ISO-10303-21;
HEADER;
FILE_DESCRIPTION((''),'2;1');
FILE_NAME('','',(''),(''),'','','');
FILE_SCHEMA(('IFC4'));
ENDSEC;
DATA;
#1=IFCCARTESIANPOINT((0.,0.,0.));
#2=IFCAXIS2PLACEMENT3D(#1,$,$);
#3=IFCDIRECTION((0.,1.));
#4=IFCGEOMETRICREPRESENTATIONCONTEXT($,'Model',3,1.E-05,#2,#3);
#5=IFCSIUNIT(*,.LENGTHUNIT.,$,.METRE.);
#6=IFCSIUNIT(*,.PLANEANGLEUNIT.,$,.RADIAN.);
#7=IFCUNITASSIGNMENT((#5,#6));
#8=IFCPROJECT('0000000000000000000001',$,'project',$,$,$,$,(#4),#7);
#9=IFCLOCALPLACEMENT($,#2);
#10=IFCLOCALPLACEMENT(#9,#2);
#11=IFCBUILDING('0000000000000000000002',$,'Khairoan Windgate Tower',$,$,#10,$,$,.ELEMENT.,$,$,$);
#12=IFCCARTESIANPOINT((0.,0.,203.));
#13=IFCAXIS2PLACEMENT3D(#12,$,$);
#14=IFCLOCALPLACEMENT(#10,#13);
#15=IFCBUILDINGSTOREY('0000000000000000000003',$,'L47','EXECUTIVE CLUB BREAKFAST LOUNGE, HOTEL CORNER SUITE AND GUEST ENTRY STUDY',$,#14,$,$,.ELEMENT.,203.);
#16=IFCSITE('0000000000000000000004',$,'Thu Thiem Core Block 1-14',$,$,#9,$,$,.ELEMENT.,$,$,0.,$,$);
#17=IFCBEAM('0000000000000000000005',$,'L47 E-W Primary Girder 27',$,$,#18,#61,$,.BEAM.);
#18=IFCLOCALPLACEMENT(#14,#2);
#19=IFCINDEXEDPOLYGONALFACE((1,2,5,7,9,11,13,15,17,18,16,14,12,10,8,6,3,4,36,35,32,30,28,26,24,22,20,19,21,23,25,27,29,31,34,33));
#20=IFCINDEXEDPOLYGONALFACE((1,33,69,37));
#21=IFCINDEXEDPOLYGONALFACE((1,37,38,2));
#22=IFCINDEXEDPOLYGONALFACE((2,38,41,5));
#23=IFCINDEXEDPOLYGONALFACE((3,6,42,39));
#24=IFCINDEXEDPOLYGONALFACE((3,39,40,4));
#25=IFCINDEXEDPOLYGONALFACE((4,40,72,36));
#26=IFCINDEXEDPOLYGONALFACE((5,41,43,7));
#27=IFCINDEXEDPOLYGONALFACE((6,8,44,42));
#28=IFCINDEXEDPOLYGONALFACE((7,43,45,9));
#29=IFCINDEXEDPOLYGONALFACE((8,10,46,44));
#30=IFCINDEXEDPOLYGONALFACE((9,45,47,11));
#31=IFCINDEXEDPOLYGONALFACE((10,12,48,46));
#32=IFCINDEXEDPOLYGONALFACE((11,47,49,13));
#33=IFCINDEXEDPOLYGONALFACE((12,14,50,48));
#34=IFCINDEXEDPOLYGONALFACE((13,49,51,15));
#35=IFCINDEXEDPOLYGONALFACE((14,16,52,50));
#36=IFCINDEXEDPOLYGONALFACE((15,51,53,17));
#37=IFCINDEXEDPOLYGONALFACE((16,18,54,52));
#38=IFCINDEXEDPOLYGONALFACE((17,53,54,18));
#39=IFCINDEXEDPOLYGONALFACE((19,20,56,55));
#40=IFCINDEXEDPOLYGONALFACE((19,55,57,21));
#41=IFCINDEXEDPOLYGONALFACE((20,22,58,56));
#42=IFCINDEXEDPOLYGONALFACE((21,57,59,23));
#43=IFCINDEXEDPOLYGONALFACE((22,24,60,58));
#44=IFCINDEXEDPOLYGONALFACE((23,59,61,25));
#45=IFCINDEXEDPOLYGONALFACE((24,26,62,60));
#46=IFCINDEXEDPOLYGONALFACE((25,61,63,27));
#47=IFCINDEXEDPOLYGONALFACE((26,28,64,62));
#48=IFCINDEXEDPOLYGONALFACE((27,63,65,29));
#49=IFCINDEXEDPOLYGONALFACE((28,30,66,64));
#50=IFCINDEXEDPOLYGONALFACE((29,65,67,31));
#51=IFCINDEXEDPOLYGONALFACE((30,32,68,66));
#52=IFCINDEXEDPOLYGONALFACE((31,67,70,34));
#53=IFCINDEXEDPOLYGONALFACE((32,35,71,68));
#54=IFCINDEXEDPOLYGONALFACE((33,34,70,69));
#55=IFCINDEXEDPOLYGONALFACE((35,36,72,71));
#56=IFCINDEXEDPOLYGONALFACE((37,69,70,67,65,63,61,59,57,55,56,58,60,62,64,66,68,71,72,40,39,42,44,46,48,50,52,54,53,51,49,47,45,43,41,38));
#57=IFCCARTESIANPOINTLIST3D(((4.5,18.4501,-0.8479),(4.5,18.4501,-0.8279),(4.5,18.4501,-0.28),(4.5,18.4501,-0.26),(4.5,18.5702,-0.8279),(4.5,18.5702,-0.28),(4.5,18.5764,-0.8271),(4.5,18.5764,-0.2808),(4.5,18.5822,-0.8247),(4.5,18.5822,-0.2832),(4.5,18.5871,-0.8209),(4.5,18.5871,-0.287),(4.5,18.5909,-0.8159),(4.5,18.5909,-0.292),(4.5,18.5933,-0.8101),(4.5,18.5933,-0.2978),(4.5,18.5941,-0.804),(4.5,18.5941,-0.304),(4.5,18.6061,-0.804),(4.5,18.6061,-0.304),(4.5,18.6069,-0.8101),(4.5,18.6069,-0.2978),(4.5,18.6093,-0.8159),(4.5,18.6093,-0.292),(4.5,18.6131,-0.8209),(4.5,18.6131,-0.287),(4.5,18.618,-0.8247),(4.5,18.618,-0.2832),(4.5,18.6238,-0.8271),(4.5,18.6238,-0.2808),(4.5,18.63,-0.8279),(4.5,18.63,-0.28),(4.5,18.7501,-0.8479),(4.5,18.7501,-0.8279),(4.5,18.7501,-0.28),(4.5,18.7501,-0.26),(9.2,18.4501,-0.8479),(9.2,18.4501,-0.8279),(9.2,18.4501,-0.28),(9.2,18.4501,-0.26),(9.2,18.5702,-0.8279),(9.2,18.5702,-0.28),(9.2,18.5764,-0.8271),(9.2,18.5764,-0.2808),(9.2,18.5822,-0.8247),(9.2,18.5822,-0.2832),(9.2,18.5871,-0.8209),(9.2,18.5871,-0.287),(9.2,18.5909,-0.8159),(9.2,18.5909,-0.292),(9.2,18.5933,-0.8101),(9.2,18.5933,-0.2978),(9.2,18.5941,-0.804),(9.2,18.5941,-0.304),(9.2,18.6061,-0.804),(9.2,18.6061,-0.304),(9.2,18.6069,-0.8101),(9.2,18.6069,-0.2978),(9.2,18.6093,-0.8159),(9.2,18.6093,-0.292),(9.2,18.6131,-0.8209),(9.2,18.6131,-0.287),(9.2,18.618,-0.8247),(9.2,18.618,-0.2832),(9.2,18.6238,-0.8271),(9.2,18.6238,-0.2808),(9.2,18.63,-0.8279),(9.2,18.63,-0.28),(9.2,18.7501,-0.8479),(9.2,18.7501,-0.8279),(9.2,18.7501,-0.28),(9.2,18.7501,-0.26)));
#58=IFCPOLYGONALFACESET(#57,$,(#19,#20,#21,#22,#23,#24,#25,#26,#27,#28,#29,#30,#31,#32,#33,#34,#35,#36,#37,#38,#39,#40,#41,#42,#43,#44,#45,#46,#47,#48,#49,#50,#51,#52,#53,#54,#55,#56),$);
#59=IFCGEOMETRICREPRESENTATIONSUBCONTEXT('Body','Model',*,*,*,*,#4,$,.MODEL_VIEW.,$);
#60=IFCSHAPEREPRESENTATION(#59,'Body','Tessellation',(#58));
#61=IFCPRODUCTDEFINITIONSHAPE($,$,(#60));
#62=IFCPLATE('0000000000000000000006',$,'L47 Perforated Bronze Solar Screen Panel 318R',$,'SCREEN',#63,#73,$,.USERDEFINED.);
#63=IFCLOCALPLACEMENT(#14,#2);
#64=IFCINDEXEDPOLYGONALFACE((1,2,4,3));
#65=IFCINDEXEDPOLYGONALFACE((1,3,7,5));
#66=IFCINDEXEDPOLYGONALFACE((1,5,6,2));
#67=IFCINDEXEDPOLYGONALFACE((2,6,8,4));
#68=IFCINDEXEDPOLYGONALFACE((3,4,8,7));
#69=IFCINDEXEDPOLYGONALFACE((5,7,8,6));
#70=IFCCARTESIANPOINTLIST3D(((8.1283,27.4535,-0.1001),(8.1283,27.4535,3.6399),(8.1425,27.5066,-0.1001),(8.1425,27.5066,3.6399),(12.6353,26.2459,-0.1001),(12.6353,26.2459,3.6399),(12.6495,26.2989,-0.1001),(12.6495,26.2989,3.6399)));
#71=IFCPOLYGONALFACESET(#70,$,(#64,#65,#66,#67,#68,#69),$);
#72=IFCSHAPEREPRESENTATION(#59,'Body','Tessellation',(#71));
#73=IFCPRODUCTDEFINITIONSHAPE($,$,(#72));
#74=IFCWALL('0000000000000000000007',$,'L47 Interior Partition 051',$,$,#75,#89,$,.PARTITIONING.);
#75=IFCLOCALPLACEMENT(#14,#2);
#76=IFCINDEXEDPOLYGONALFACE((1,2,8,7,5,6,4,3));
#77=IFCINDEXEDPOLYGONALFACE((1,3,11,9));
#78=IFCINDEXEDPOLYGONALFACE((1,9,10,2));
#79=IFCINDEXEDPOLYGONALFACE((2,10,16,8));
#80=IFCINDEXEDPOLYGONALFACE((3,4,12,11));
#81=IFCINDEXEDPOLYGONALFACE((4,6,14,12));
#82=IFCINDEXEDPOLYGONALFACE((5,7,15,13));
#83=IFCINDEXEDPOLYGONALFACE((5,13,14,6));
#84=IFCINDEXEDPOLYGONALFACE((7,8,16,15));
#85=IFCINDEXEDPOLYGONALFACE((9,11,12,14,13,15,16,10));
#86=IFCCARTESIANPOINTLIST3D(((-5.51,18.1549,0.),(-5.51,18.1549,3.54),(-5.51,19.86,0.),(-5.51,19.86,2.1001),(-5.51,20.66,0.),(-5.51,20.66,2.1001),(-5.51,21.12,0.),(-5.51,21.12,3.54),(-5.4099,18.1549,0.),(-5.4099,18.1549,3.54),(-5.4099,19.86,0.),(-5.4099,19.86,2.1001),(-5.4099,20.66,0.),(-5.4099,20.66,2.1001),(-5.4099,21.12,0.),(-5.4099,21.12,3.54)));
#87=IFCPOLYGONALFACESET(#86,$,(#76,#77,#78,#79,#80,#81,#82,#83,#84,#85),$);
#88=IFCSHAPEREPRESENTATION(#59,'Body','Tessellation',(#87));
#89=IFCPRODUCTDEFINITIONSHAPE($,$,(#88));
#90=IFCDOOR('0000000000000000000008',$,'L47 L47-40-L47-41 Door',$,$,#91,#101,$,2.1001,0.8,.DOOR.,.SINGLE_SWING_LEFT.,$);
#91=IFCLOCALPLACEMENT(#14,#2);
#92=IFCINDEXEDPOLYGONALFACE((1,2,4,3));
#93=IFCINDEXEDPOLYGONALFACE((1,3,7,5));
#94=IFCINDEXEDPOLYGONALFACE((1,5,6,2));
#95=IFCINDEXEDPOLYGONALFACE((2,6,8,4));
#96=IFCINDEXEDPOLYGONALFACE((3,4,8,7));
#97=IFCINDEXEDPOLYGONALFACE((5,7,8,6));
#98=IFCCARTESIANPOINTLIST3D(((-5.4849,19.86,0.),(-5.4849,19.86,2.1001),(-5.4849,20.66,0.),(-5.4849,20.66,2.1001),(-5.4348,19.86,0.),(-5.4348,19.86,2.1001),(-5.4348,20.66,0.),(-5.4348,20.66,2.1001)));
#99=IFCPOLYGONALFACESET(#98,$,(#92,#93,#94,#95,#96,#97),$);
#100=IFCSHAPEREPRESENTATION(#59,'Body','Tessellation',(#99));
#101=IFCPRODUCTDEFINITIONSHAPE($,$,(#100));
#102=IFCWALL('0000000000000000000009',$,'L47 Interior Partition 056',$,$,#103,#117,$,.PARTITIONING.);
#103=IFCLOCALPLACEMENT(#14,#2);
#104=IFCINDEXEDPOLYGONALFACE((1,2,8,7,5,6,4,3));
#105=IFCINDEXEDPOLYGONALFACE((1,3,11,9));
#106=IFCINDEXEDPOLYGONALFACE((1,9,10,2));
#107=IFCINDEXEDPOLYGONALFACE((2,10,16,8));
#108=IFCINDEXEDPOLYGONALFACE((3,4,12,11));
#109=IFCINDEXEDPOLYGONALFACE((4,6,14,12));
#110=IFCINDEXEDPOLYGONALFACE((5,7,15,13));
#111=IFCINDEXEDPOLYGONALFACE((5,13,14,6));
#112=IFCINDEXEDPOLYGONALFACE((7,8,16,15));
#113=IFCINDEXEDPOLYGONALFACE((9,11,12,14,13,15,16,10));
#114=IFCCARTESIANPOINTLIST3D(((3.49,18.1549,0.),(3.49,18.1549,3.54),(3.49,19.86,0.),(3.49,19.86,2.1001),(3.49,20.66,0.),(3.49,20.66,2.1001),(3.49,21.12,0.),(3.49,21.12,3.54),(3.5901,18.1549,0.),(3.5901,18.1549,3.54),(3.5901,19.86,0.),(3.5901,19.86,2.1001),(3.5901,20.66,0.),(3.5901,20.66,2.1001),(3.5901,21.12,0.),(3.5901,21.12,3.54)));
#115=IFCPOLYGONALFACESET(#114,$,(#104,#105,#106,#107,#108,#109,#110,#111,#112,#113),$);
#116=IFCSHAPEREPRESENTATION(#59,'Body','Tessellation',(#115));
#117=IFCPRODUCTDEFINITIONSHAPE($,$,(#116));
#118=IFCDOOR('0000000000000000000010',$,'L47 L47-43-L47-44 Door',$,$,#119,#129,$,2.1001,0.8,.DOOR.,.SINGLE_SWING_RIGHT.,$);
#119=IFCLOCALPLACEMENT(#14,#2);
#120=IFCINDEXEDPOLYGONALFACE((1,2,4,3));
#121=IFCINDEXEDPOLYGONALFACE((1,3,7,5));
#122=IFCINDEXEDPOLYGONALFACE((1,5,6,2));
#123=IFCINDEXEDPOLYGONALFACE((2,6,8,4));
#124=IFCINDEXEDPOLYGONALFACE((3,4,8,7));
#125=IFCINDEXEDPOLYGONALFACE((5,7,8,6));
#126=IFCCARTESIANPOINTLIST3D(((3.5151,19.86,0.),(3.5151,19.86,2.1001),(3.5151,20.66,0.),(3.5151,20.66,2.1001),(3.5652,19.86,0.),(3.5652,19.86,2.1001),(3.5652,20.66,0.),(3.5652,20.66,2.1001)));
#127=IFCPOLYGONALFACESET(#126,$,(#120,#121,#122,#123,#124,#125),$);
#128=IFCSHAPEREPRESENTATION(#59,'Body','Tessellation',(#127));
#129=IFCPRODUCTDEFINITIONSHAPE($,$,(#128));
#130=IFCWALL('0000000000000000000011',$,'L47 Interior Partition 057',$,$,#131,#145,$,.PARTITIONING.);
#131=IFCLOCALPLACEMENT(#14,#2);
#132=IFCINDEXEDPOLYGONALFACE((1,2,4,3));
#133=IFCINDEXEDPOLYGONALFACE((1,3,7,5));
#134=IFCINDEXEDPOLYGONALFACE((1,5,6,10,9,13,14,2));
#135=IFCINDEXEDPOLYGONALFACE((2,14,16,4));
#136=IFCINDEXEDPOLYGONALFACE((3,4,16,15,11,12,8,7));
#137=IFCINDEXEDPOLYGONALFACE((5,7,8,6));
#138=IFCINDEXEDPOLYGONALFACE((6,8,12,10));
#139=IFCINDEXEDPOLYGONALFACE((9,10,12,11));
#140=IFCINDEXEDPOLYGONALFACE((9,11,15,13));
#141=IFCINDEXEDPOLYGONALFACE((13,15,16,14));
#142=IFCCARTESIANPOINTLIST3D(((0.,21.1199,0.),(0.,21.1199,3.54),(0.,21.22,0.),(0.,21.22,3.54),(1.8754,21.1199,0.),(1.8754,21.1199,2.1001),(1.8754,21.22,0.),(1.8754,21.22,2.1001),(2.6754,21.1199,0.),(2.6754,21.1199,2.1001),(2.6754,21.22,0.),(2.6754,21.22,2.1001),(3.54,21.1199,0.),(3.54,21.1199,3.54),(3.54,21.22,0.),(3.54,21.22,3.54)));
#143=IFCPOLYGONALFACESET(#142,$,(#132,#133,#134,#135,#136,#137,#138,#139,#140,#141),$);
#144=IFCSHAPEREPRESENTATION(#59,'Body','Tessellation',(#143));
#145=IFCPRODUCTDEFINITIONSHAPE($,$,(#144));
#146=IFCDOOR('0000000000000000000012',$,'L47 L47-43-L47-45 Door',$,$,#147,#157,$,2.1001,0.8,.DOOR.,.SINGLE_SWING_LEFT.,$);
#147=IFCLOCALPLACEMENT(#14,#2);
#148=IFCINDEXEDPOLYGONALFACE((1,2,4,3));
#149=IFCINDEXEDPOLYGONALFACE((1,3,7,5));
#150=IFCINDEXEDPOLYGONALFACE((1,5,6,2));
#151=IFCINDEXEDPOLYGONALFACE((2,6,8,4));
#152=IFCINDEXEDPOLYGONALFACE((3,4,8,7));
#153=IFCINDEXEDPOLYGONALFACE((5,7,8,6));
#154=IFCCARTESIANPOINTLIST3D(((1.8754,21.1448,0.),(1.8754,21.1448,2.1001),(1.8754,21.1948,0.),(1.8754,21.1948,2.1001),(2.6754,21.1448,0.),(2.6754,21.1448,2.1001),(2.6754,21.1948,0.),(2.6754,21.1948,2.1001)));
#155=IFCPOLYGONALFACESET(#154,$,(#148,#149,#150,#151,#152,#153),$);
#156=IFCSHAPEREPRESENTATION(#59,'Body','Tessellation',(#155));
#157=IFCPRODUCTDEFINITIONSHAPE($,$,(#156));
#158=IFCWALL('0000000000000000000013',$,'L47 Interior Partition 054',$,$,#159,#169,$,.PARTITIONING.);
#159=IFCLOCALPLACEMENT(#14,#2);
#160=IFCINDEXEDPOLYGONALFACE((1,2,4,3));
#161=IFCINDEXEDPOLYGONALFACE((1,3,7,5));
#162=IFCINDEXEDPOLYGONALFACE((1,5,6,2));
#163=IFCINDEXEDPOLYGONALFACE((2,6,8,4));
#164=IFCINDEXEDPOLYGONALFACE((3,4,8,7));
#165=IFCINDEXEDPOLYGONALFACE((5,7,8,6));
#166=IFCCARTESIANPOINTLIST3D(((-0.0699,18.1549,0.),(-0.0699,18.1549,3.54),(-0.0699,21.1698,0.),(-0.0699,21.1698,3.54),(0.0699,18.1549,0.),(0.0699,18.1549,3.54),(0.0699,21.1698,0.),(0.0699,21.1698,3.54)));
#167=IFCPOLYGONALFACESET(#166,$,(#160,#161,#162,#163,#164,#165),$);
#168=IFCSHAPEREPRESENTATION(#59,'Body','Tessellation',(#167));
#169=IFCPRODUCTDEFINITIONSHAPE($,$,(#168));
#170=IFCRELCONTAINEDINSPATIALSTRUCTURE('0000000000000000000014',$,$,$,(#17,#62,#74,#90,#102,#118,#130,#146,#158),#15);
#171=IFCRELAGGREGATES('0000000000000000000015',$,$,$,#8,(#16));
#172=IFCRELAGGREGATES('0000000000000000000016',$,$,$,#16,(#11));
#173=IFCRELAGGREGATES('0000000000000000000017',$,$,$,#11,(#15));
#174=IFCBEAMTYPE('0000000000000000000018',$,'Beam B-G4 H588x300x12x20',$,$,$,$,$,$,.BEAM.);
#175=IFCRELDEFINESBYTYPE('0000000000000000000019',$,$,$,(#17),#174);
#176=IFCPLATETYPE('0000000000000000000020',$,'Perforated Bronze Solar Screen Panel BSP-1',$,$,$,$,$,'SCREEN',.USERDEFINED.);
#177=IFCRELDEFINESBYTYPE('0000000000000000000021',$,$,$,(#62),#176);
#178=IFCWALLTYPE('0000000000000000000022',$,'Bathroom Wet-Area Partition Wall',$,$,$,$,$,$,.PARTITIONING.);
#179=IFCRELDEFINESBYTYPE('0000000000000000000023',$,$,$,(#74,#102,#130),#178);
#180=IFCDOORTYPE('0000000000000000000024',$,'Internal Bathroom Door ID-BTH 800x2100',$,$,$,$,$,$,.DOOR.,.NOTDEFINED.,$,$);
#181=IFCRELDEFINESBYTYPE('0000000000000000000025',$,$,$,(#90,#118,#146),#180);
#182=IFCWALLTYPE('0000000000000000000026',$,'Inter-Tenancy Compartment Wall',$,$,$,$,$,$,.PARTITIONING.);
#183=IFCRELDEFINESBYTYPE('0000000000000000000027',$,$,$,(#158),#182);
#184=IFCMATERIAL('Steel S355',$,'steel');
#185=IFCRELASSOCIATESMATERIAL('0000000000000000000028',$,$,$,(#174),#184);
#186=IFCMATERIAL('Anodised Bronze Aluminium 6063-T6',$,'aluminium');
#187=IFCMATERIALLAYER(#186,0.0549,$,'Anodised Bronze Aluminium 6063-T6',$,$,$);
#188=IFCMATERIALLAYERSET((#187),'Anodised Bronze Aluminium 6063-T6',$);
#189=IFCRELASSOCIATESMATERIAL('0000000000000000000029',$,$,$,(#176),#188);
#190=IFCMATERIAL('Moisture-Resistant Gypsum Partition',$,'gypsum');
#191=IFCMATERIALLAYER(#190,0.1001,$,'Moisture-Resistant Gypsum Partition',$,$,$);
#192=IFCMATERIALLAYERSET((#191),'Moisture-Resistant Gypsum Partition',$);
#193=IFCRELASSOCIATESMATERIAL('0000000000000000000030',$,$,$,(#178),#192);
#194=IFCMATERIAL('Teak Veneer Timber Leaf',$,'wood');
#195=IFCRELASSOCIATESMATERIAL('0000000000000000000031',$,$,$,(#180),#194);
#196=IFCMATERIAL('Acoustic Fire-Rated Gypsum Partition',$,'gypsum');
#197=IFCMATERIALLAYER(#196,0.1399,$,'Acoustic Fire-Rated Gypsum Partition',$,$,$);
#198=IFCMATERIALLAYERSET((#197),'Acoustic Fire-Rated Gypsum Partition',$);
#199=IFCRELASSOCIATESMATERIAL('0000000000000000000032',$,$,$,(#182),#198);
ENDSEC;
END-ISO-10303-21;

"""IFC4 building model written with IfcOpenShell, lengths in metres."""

from ifc_helpers import new_model, si_unit, direction, frame, frame_2d, origin, origin_2d, place, context, subcontext, project, spatial, rectangle, i_section, extrude, material, layer, layer_set, material_profile, profile_set, type_object, element, fill, save


model = new_model("IFC4")

# Units and contexts
model_context = context("Model", 3, precision=1e-05, world=origin(), true_north=direction((0.0, 1.0)))
body_context = subcontext(model_context, "Body", "Model", "MODEL_VIEW")
ifc_project = project(units=[si_unit("LENGTHUNIT", "METRE"), si_unit("PLANEANGLEUNIT", "RADIAN")], contexts=[model_context])

# Site, building, storey
site_placement = place(None, origin())
site = spatial("IfcSite", under=ifc_project, at=site_placement, Name="Thu Thiem Core Block 1-14", CompositionType="ELEMENT", RefElevation=0.0)
building_placement = place(site_placement, origin())
building = spatial("IfcBuilding", under=site, at=building_placement, Name="Khairoan Windgate Tower", CompositionType="ELEMENT")
storey_placement = place(building_placement, frame((0.0, 0.0, 203.0)))
storey = spatial("IfcBuildingStorey", under=building, at=storey_placement, Name="L47", Description="EXECUTIVE CLUB BREAKFAST LOUNGE, HOTEL CORNER SUITE AND GUEST ENTRY STUDY", CompositionType="ELEMENT", Elevation=203.0)

# Beam
ifc_material_1 = material(Name="Steel S355", Category="steel")
ifc_material_profile_1 = material_profile(ifc_material_1, i_section(OverallWidth=0.3, OverallDepth=0.5879, WebThickness=0.012, FlangeThickness=0.02, FilletRadius=0.0239, at=origin_2d()))
ifc_profile_set_1 = profile_set([ifc_material_profile_1], Name="Steel S355")
beam_type = type_object("IfcBeamType", Name="Beam B-G4 H588x300x12x20", PredefinedType="BEAM", material=ifc_profile_set_1)
beam_placement = place(storey_placement, frame((4.5, 18.6001, -0.554), z_axis=(1.0, 0.0, 0.0), x_axis=(0.0, 1.0, 0.0)))
element("IfcBeam", 1, at=beam_placement, inside=storey, type_object=beam_type, Name="L47 E-W Primary Girder 27", PredefinedType="BEAM", context=body_context, shape_type="SweptSolid", body=[
    extrude(i_section(OverallWidth=0.3, OverallDepth=0.5879, WebThickness=0.012, FlangeThickness=0.02, FilletRadius=0.0239, at=origin_2d()), origin(), (0.0, 0.0, 1.0), 4.7),
])

# Plate
ifc_material_2 = material(Name="Anodised Bronze Aluminium 6063-T6", Category="aluminium")
ifc_layer_1 = layer(ifc_material_2, 0.0549, Name="Anodised Bronze Aluminium 6063-T6")
ifc_layer_set_1 = layer_set([ifc_layer_1], Name="Anodised Bronze Aluminium 6063-T6")
plate_type = type_object("IfcPlateType", Name="Perforated Bronze Solar Screen Panel BSP-1", ElementType="SCREEN", PredefinedType="USERDEFINED", material=ifc_layer_set_1)
plate_placement = place(storey_placement, frame((10.3889, 26.8762, -0.1001), z_axis=(0.0, 0.0, 1.0), x_axis=(0.965926, -0.258819, 0.0)))
element("IfcPlate", 2, at=plate_placement, inside=storey, type_object=plate_type, Name="L47 Perforated Bronze Solar Screen Panel 318R", ObjectType="SCREEN", PredefinedType="USERDEFINED", context=body_context, shape_type="SweptSolid", body=[
    extrude(rectangle(XDim=4.666, YDim=0.0549, at=origin_2d()), origin(), (0.0, 0.0, 1.0), 3.74),
])

# Walls, openings, doors
ifc_material_3 = material(Name="Moisture-Resistant Gypsum Partition", Category="gypsum")
ifc_layer_2 = layer(ifc_material_3, 0.1001, Name="Moisture-Resistant Gypsum Partition")
ifc_layer_set_2 = layer_set([ifc_layer_2], Name="Moisture-Resistant Gypsum Partition")
wall_type_1 = type_object("IfcWallType", Name="Bathroom Wet-Area Partition Wall", PredefinedType="PARTITIONING", material=ifc_layer_set_2)
wall_1_placement = place(storey_placement, frame((-5.46, 18.155, 0.0), z_axis=(0.0, 0.0, 1.0), x_axis=(0.0, 1.0, 0.0)))
wall_1 = element("IfcWall", 3, at=wall_1_placement, inside=storey, type_object=wall_type_1, Name="L47 Interior Partition 051", PredefinedType="PARTITIONING", context=body_context, shape_type="SweptSolid", body=[
    extrude(rectangle(XDim=2.9651, YDim=0.1001, at=frame_2d((1.4824, 0.0))), origin(), (0.0, 0.0, 1.0), 3.54),
])
opening_1_placement = place(wall_1_placement, frame((1.7051, 0.0, 0.0)))
opening_1 = element("IfcOpeningElement", 4, at=opening_1_placement, cuts=wall_1, PredefinedType="OPENING", context=body_context, shape_type="SweptSolid", body=[
    extrude(rectangle(XDim=0.8, YDim=2.1001, at=frame_2d((0.3999, 1.05))), frame((0.0, 0.0601, 0.0), z_axis=(0.0, -1.0, 0.0), x_axis=(1.0, 0.0, 0.0)), (0.0, 0.0, 1.0), 0.1201),
])
ifc_material_4 = material(Name="Teak Veneer Timber Leaf", Category="wood")
door_type_1 = type_object("IfcDoorType", Name="Internal Bathroom Door ID-BTH 800x2100", OperationType="NOTDEFINED", PredefinedType="DOOR", material=ifc_material_4)
door_1_placement = place(opening_1_placement, origin())
door_1 = element("IfcDoor", 5, at=door_1_placement, inside=storey, type_object=door_type_1, Name="L47 L47-40-L47-41 Door", OperationType="SINGLE_SWING_LEFT", OverallHeight=2.1001, OverallWidth=0.8, PredefinedType="DOOR", context=body_context, shape_type="SweptSolid", body=[
    extrude(rectangle(XDim=0.8, YDim=2.1001, at=frame_2d((0.3999, 1.05))), frame((0.0, 0.0249, 0.0), z_axis=(0.0, -1.0, 0.0), x_axis=(1.0, 0.0, 0.0)), (0.0, 0.0, 1.0), 0.05),
])
fill(opening_1, door_1)
wall_2_placement = place(storey_placement, frame((3.54, 18.155, 0.0), z_axis=(0.0, 0.0, 1.0), x_axis=(0.0, 1.0, 0.0)))
wall_2 = element("IfcWall", 6, at=wall_2_placement, inside=storey, type_object=wall_type_1, Name="L47 Interior Partition 056", PredefinedType="PARTITIONING", context=body_context, shape_type="SweptSolid", body=[
    extrude(rectangle(XDim=2.9651, YDim=0.1001, at=frame_2d((1.4824, 0.0))), origin(), (0.0, 0.0, 1.0), 3.54),
])
opening_2_placement = place(wall_2_placement, frame((1.7051, 0.0, 0.0)))
opening_2 = element("IfcOpeningElement", 7, at=opening_2_placement, cuts=wall_2, PredefinedType="OPENING", context=body_context, shape_type="SweptSolid", body=[
    extrude(rectangle(XDim=0.8, YDim=2.1001, at=frame_2d((0.3999, 1.05))), frame((0.0, 0.0601, 0.0), z_axis=(0.0, -1.0, 0.0), x_axis=(1.0, 0.0, 0.0)), (0.0, 0.0, 1.0), 0.1201),
])
door_2_placement = place(opening_2_placement, origin())
door_2 = element("IfcDoor", 8, at=door_2_placement, inside=storey, type_object=door_type_1, Name="L47 L47-43-L47-44 Door", OperationType="SINGLE_SWING_RIGHT", OverallHeight=2.1001, OverallWidth=0.8, PredefinedType="DOOR", context=body_context, shape_type="SweptSolid", body=[
    extrude(rectangle(XDim=0.8, YDim=2.1001, at=frame_2d((0.3999, 1.05))), frame((0.0, 0.0249, 0.0), z_axis=(0.0, -1.0, 0.0), x_axis=(1.0, 0.0, 0.0)), (0.0, 0.0, 1.0), 0.05),
])
fill(opening_2, door_2)
wall_3_placement = place(storey_placement, frame((0.0, 21.1699, 0.0), z_axis=(0.0, 0.0, 1.0), x_axis=(1.0, 0.0, 0.0)))
wall_3 = element("IfcWall", 9, at=wall_3_placement, inside=storey, type_object=wall_type_1, Name="L47 Interior Partition 057", PredefinedType="PARTITIONING", context=body_context, shape_type="SweptSolid", body=[
    extrude(rectangle(XDim=3.54, YDim=0.1001, at=frame_2d((1.77, 0.0))), origin(), (0.0, 0.0, 1.0), 3.54),
])
opening_3_placement = place(wall_3_placement, frame((1.8755, 0.0, 0.0)))
opening_3 = element("IfcOpeningElement", 10, at=opening_3_placement, cuts=wall_3, PredefinedType="OPENING", context=body_context, shape_type="SweptSolid", body=[
    extrude(rectangle(XDim=0.8, YDim=2.1001, at=frame_2d((0.3999, 1.05))), frame((0.0, 0.0601, 0.0), z_axis=(0.0, -1.0, 0.0), x_axis=(1.0, 0.0, 0.0)), (0.0, 0.0, 1.0), 0.1201),
])
door_3_placement = place(opening_3_placement, origin())
door_3 = element("IfcDoor", 11, at=door_3_placement, inside=storey, type_object=door_type_1, Name="L47 L47-43-L47-45 Door", OperationType="SINGLE_SWING_LEFT", OverallHeight=2.1001, OverallWidth=0.8, PredefinedType="DOOR", context=body_context, shape_type="SweptSolid", body=[
    extrude(rectangle(XDim=0.8, YDim=2.1001, at=frame_2d((0.3999, 1.05))), frame((0.0, 0.0249, 0.0), z_axis=(0.0, -1.0, 0.0), x_axis=(1.0, 0.0, 0.0)), (0.0, 0.0, 1.0), 0.05),
])
fill(opening_3, door_3)

# Wall
ifc_material_5 = material(Name="Acoustic Fire-Rated Gypsum Partition", Category="gypsum")
ifc_layer_3 = layer(ifc_material_5, 0.1399, Name="Acoustic Fire-Rated Gypsum Partition")
ifc_layer_set_3 = layer_set([ifc_layer_3], Name="Acoustic Fire-Rated Gypsum Partition")
wall_type_2 = type_object("IfcWallType", Name="Inter-Tenancy Compartment Wall", PredefinedType="PARTITIONING", material=ifc_layer_set_3)
wall_4_placement = place(storey_placement, frame((0.0, 18.155, 0.0), z_axis=(0.0, 0.0, 1.0), x_axis=(0.0, 1.0, 0.0)))
element("IfcWall", 12, at=wall_4_placement, inside=storey, type_object=wall_type_2, Name="L47 Interior Partition 054", PredefinedType="PARTITIONING", context=body_context, shape_type="SweptSolid", body=[
    extrude(rectangle(XDim=3.0149, YDim=0.1399, at=frame_2d((1.5073, 0.0))), origin(), (0.0, 0.0, 1.0), 3.54),
])

save(model, "model.ifc")
